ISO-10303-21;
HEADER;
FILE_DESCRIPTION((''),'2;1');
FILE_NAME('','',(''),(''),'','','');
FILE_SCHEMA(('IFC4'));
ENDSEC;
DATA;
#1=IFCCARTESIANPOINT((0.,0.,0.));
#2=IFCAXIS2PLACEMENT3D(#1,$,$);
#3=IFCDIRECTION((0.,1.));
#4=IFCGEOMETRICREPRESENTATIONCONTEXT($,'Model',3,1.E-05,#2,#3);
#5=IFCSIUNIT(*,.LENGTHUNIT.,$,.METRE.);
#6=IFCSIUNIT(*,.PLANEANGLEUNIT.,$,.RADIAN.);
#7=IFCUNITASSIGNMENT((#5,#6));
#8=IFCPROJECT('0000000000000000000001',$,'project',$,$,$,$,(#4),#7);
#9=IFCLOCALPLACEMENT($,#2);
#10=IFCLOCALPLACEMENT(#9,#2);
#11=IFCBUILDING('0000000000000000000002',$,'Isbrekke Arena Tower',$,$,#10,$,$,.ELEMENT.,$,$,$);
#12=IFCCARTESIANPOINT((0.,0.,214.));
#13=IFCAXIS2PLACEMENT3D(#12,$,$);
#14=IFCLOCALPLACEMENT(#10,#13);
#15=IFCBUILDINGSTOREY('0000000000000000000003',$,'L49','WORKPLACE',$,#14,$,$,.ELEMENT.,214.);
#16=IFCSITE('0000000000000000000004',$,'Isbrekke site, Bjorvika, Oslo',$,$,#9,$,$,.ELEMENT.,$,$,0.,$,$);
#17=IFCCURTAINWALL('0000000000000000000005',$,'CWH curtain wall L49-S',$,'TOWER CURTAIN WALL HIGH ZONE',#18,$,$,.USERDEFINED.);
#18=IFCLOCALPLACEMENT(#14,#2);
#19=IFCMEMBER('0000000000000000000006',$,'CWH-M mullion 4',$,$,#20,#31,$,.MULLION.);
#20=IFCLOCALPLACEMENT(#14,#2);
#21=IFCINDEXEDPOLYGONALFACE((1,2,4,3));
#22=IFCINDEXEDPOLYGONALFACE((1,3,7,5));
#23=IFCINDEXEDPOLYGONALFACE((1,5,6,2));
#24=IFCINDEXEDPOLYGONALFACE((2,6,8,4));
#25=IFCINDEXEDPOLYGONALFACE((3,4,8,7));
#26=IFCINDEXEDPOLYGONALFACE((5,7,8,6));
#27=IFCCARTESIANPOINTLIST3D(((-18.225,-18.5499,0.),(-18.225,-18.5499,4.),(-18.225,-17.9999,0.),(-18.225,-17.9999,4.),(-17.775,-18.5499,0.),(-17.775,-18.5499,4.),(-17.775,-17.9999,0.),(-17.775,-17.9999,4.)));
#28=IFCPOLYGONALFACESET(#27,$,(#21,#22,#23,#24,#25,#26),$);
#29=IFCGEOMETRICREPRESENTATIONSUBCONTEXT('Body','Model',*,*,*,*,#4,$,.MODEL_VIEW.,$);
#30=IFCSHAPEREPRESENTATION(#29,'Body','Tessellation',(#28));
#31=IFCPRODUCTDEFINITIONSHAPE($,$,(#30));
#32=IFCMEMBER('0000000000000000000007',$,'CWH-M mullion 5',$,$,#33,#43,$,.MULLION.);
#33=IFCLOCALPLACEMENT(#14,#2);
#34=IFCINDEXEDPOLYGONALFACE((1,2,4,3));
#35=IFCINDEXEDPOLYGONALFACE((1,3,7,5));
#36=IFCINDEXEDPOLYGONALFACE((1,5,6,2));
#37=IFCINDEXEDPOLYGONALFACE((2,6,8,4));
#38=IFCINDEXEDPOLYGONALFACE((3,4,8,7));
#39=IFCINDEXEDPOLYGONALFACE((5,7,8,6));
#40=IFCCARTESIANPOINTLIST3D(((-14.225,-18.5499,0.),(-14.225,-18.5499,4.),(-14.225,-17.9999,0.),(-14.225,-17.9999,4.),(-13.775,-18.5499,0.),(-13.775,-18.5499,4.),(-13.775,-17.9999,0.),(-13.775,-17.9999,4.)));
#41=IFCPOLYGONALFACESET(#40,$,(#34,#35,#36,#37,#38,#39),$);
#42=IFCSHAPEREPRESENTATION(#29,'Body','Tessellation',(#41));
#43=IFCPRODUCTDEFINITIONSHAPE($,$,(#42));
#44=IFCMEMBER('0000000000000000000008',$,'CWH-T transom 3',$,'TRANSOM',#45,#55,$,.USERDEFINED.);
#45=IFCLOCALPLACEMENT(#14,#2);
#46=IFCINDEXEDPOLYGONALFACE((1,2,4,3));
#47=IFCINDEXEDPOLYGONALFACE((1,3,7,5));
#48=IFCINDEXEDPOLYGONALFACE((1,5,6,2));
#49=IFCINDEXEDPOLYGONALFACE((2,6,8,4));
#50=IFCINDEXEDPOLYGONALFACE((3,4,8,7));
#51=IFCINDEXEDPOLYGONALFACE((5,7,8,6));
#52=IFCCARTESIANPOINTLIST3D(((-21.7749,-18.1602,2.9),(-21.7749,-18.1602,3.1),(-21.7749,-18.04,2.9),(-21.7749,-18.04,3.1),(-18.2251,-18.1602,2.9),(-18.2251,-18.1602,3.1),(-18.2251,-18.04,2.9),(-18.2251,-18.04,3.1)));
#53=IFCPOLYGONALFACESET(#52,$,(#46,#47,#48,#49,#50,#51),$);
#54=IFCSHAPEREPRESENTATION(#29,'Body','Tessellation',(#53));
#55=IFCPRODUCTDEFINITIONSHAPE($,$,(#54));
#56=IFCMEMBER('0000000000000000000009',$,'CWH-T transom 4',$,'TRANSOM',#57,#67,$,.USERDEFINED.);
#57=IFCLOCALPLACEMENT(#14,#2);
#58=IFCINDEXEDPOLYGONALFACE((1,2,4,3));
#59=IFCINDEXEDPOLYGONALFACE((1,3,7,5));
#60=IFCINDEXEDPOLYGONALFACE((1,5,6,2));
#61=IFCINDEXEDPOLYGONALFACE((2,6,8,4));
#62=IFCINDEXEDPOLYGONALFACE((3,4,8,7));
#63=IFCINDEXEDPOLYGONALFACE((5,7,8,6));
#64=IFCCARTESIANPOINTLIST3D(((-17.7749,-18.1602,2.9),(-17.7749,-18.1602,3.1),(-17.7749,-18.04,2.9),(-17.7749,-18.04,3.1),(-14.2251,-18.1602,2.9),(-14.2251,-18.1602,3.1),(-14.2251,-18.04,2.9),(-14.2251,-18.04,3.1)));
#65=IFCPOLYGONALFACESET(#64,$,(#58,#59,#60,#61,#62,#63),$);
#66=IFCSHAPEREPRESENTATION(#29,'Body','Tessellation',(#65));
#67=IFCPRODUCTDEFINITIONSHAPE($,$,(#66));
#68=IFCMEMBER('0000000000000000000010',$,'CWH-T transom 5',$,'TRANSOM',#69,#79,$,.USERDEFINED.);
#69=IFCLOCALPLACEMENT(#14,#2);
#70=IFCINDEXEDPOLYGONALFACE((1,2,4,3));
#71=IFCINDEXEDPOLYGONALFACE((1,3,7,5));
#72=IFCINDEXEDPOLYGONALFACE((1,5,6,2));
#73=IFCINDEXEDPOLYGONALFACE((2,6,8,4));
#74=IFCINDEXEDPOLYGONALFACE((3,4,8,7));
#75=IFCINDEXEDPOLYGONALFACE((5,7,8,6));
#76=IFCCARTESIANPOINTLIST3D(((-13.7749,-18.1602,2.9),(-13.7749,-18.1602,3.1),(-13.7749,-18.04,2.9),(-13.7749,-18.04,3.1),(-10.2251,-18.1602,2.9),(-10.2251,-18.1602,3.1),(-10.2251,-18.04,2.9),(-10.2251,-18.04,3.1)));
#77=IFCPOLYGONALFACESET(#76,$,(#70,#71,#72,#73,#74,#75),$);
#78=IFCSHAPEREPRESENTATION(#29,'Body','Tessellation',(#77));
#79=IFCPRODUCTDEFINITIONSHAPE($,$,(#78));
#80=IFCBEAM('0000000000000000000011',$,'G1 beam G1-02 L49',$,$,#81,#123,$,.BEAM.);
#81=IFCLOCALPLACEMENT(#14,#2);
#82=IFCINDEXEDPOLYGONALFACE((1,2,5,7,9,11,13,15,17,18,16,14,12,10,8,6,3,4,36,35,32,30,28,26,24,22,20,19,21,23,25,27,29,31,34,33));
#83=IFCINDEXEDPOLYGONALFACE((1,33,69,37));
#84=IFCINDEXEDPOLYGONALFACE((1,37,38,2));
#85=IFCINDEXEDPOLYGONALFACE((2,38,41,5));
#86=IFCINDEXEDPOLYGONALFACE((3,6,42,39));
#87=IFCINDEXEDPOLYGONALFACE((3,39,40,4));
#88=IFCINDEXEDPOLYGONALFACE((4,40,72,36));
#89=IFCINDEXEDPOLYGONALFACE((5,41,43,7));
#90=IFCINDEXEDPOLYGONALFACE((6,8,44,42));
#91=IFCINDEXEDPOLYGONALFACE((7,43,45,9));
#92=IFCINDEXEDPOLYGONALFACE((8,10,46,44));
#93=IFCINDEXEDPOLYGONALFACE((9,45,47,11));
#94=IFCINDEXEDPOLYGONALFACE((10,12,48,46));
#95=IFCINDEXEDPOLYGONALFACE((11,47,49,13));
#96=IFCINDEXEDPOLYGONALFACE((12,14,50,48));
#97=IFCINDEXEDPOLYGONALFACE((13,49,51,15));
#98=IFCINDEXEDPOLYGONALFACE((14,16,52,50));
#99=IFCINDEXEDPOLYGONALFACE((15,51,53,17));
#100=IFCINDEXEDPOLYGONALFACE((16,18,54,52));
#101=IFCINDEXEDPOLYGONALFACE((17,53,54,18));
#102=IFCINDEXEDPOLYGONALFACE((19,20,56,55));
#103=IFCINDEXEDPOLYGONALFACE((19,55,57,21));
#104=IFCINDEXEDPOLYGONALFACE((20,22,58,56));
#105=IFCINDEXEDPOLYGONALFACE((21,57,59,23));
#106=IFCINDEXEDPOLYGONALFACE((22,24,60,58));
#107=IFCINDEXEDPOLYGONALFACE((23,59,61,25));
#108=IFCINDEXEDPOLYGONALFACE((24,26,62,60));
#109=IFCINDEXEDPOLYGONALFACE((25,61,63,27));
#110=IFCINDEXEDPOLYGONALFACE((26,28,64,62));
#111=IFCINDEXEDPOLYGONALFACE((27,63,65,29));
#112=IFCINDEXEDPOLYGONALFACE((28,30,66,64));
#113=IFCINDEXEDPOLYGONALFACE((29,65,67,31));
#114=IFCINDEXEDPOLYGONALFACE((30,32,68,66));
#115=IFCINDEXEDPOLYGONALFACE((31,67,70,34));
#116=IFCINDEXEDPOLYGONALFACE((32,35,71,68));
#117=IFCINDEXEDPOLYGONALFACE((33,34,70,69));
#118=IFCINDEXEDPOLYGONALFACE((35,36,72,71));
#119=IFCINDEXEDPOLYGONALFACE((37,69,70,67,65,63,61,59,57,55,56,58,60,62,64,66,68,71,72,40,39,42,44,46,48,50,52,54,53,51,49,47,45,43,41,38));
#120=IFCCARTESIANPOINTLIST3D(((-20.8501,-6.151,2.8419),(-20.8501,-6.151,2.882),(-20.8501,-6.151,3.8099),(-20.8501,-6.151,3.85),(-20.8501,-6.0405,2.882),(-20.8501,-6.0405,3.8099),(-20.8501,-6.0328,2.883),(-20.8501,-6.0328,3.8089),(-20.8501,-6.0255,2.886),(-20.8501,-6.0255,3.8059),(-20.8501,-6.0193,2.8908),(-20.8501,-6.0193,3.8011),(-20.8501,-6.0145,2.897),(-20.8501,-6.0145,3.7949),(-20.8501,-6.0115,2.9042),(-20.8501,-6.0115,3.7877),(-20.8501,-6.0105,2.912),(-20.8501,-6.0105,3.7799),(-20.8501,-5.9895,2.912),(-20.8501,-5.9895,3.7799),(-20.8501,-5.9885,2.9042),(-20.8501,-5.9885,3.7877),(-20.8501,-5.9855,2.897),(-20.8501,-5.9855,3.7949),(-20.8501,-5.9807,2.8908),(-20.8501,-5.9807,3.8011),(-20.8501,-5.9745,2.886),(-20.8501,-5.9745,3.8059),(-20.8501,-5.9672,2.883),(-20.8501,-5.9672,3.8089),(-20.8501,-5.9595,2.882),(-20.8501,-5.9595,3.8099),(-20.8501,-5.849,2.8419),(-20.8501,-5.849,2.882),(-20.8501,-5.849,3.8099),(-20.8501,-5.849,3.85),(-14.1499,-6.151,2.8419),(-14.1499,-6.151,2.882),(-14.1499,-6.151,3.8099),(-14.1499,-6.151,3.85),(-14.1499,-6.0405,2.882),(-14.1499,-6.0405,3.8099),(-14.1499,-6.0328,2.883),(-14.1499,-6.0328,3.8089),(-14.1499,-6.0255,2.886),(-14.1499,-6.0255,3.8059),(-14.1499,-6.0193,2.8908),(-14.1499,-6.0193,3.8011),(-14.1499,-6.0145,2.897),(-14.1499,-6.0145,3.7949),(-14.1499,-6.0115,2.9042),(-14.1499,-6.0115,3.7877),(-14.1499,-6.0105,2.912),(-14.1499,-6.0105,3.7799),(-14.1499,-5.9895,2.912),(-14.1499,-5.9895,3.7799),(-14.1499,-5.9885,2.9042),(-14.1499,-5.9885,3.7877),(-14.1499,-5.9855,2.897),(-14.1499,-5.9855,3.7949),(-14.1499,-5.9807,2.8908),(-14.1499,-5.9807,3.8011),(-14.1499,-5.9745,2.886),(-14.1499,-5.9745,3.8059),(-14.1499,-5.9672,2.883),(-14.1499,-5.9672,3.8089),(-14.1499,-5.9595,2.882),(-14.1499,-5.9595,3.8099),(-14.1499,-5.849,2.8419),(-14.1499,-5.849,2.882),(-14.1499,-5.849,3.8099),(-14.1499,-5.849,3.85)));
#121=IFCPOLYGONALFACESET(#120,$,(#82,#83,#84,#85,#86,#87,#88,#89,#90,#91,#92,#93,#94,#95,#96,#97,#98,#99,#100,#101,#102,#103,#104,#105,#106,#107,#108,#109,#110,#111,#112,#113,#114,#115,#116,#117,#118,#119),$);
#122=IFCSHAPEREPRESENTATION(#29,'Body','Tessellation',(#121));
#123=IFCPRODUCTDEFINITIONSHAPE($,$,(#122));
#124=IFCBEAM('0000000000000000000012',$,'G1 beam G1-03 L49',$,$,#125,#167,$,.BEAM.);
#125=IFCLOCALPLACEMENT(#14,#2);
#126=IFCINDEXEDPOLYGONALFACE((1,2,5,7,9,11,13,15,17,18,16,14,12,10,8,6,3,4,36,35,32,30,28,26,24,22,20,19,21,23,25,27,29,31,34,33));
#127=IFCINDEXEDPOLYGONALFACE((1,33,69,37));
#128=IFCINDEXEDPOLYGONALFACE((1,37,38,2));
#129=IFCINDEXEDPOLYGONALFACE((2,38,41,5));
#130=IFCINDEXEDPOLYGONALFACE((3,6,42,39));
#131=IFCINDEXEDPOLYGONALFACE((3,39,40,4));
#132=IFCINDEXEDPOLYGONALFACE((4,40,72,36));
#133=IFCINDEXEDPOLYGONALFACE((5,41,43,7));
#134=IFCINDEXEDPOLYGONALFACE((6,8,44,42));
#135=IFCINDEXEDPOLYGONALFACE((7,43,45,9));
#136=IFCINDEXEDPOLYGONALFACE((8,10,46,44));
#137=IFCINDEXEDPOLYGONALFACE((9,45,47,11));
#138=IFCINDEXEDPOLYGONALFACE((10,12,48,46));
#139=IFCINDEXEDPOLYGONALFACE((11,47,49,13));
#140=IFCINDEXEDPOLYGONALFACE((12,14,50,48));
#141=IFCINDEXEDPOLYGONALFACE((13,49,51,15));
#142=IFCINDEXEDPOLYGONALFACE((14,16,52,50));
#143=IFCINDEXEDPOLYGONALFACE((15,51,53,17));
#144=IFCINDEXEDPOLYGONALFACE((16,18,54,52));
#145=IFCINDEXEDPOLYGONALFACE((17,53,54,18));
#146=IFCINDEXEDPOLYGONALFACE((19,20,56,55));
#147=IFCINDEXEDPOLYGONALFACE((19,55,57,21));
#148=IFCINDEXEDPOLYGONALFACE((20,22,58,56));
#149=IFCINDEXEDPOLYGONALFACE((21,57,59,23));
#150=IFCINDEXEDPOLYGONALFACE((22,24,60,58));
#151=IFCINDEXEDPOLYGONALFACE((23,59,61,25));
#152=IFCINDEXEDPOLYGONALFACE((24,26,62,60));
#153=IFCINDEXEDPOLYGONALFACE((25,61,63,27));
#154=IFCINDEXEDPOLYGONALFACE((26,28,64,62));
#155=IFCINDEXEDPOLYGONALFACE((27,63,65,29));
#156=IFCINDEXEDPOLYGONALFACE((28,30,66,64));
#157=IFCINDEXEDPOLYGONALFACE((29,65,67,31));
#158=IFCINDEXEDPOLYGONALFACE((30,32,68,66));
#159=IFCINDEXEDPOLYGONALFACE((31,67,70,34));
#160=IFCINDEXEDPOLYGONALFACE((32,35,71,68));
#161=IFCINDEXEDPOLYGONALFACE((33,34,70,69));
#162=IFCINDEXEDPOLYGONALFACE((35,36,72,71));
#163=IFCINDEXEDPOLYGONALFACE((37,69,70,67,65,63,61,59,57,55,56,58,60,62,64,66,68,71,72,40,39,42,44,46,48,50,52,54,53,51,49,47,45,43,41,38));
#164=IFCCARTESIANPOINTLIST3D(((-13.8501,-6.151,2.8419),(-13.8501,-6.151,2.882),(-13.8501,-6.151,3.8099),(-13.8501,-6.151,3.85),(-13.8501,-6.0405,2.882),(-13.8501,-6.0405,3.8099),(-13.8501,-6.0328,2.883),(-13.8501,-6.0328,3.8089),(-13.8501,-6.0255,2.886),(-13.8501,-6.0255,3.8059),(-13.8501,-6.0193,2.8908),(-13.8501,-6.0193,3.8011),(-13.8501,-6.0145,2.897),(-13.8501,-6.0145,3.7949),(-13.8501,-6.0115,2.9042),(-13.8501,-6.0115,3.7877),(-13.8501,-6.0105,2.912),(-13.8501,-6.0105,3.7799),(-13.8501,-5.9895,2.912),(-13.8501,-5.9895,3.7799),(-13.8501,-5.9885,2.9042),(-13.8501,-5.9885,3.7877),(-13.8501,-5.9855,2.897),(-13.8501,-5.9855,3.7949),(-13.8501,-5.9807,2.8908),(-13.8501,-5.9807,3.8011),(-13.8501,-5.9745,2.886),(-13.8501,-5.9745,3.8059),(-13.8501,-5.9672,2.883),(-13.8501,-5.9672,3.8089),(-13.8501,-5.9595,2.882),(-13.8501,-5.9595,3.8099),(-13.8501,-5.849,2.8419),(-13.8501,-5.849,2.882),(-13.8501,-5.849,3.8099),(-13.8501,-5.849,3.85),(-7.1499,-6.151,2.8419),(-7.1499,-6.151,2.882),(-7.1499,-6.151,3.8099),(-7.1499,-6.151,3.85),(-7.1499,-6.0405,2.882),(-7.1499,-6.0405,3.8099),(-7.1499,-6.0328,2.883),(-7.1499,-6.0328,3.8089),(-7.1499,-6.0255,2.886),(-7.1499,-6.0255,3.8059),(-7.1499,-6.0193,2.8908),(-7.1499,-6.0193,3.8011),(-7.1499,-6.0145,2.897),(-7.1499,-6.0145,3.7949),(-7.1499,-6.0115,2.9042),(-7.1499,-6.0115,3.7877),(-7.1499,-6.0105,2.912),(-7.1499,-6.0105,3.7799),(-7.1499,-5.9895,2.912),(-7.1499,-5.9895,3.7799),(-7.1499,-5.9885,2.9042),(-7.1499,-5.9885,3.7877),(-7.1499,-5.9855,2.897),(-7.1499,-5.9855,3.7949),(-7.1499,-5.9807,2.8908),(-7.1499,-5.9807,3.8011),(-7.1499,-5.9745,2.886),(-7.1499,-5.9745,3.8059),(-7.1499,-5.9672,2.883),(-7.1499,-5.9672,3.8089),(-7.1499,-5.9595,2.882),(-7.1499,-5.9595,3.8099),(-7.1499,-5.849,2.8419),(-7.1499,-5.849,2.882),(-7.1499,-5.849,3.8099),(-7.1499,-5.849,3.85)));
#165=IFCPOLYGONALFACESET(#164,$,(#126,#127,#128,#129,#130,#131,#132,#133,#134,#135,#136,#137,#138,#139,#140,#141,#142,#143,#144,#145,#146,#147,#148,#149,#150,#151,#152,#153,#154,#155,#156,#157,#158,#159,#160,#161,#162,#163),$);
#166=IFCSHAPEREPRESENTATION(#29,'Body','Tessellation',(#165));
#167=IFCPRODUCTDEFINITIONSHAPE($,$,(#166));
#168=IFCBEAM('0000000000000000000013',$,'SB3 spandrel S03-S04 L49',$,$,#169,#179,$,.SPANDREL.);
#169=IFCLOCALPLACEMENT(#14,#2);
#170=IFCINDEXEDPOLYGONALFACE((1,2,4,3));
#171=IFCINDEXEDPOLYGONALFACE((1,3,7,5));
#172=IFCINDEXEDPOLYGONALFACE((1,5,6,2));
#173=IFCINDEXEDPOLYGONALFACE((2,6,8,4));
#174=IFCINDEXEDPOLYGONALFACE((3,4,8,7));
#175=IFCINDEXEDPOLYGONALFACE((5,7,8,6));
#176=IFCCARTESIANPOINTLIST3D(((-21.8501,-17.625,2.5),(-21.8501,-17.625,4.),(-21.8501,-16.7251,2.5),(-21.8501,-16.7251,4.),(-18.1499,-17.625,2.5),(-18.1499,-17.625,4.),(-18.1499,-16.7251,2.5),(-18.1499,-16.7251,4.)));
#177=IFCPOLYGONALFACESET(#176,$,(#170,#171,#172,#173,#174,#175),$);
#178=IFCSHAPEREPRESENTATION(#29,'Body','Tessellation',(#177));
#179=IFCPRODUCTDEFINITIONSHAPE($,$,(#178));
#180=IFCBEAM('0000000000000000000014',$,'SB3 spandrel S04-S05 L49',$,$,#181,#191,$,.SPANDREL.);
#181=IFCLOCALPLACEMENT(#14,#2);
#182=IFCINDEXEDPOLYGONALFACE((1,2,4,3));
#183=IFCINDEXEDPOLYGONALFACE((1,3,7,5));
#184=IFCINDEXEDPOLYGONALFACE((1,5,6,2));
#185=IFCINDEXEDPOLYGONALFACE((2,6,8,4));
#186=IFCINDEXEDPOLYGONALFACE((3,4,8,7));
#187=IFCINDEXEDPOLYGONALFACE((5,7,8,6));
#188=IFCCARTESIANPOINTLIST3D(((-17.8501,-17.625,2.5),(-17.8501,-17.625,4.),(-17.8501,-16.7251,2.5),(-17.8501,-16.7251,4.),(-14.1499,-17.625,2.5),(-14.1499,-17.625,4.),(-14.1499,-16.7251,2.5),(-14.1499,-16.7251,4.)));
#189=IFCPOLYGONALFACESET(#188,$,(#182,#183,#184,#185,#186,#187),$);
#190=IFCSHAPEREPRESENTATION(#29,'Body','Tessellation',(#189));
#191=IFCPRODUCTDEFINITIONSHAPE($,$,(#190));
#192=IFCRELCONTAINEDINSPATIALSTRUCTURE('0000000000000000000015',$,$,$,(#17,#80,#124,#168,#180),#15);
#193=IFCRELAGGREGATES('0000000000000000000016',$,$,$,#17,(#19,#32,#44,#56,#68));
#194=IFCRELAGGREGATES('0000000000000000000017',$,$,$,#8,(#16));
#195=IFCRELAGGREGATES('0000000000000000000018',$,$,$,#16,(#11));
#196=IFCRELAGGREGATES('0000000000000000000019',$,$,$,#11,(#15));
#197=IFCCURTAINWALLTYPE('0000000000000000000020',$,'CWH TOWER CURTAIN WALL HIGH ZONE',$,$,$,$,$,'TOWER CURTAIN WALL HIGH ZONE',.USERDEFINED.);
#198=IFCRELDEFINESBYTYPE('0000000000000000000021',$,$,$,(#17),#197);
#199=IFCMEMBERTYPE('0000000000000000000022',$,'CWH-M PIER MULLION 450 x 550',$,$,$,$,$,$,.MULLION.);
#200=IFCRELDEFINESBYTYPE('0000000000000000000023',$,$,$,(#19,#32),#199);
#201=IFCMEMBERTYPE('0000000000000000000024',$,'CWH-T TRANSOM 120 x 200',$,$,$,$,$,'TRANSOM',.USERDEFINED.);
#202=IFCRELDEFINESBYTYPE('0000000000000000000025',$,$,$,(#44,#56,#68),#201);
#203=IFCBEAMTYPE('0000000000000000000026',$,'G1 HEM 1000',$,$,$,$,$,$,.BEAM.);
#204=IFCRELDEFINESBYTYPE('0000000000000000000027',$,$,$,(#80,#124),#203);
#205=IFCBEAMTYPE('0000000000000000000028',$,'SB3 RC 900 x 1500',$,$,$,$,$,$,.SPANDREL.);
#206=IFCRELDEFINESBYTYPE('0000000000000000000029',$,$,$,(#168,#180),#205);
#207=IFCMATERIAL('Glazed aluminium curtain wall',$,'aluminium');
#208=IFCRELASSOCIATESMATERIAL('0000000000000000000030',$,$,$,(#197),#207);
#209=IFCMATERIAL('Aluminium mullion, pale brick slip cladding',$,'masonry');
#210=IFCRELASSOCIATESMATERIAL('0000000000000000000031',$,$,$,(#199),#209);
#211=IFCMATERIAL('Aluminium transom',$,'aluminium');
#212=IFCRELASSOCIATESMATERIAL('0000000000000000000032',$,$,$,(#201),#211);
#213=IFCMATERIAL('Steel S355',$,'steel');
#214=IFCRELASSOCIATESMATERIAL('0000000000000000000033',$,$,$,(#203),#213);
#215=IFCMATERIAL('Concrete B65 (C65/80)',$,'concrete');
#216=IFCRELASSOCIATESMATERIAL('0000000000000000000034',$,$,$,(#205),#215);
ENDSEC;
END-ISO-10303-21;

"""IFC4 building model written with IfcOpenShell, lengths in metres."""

from ifc_helpers import new_model, si_unit, direction, frame, origin, origin_2d, place, context, subcontext, project, spatial, rectangle, i_section, extrude, material, material_profile, profile_set, type_object, element, aggregate, save


model = new_model("IFC4")

# Units and contexts
model_context = context("Model", 3, precision=1e-05, world=origin(), true_north=direction((0.0, 1.0)))
body_context = subcontext(model_context, "Body", "Model", "MODEL_VIEW")
ifc_project = project(units=[si_unit("LENGTHUNIT", "METRE"), si_unit("PLANEANGLEUNIT", "RADIAN")], contexts=[model_context])

# Site, building, storey
site_placement = place(None, origin())
site = spatial("IfcSite", under=ifc_project, at=site_placement, Name="Isbrekke site, Bjorvika, Oslo", CompositionType="ELEMENT", RefElevation=0.0)
building_placement = place(site_placement, origin())
building = spatial("IfcBuilding", under=site, at=building_placement, Name="Isbrekke Arena Tower", CompositionType="ELEMENT")
storey_placement = place(building_placement, frame((0.0, 0.0, 214.0)))
storey = spatial("IfcBuildingStorey", under=building, at=storey_placement, Name="L49", Description="WORKPLACE", CompositionType="ELEMENT", Elevation=214.0)

# Curtain wall, members
ifc_material_1 = material(Name="Glazed aluminium curtain wall", Category="aluminium")
curtain_wall_type = type_object("IfcCurtainWallType", Name="CWH TOWER CURTAIN WALL HIGH ZONE", ElementType="TOWER CURTAIN WALL HIGH ZONE", PredefinedType="USERDEFINED", material=ifc_material_1)
curtain_wall_placement = place(storey_placement, origin())
curtain_wall = element("IfcCurtainWall", 1, at=curtain_wall_placement, inside=storey, type_object=curtain_wall_type, Name="CWH curtain wall L49-S", ObjectType="TOWER CURTAIN WALL HIGH ZONE", PredefinedType="USERDEFINED")
ifc_material_2 = material(Name="Aluminium mullion, pale brick slip cladding", Category="masonry")
ifc_material_profile_1 = material_profile(ifc_material_2, rectangle(XDim=0.45, YDim=0.55, at=origin_2d()), Name="PIER 450X550")
ifc_profile_set_1 = profile_set([ifc_material_profile_1], Name="Aluminium mullion, pale brick slip cladding")
member_type_1 = type_object("IfcMemberType", Name="CWH-M PIER MULLION 450 x 550", PredefinedType="MULLION", material=ifc_profile_set_1)
member_1_placement = place(storey_placement, frame((-18.0, -18.2749, 0.0), z_axis=(0.0, 0.0, 1.0), x_axis=(1.0, 0.0, 0.0)))
member_1 = element("IfcMember", 2, at=member_1_placement, type_object=member_type_1, Name="CWH-M mullion 4", PredefinedType="MULLION", context=body_context, shape_type="SweptSolid", body=[
    extrude(rectangle(XDim=0.45, YDim=0.55, at=origin_2d()), origin(), (0.0, 0.0, 1.0), 4.0),
])
member_2_placement = place(storey_placement, frame((-14.0, -18.2749, 0.0), z_axis=(0.0, 0.0, 1.0), x_axis=(1.0, 0.0, 0.0)))
member_2 = element("IfcMember", 3, at=member_2_placement, type_object=member_type_1, Name="CWH-M mullion 5", PredefinedType="MULLION", context=body_context, shape_type="SweptSolid", body=[
    extrude(rectangle(XDim=0.45, YDim=0.55, at=origin_2d()), origin(), (0.0, 0.0, 1.0), 4.0),
])
ifc_material_3 = material(Name="Aluminium transom", Category="aluminium")
ifc_material_profile_2 = material_profile(ifc_material_3, rectangle(XDim=0.1201, YDim=0.2, at=origin_2d()), Name="TRANSOM 120X200")
ifc_profile_set_2 = profile_set([ifc_material_profile_2], Name="Aluminium transom")
member_type_2 = type_object("IfcMemberType", Name="CWH-T TRANSOM 120 x 200", ElementType="TRANSOM", PredefinedType="USERDEFINED", material=ifc_profile_set_2)
member_3_placement = place(storey_placement, frame((-21.7749, -18.1001, 3.0), z_axis=(1.0, 0.0, 0.0), x_axis=(0.0, 1.0, 0.0)))
member_3 = element("IfcMember", 4, at=member_3_placement, type_object=member_type_2, Name="CWH-T transom 3", ObjectType="TRANSOM", PredefinedType="USERDEFINED", context=body_context, shape_type="SweptSolid", body=[
    extrude(rectangle(XDim=0.1201, YDim=0.2, at=origin_2d()), origin(), (0.0, 0.0, 1.0), 3.5498),
])
member_4_placement = place(storey_placement, frame((-17.7749, -18.1001, 3.0), z_axis=(1.0, 0.0, 0.0), x_axis=(0.0, 1.0, 0.0)))
member_4 = element("IfcMember", 5, at=member_4_placement, type_object=member_type_2, Name="CWH-T transom 4", ObjectType="TRANSOM", PredefinedType="USERDEFINED", context=body_context, shape_type="SweptSolid", body=[
    extrude(rectangle(XDim=0.1201, YDim=0.2, at=origin_2d()), origin(), (0.0, 0.0, 1.0), 3.5498),
])
member_5_placement = place(storey_placement, frame((-13.7749, -18.1001, 3.0), z_axis=(1.0, 0.0, 0.0), x_axis=(0.0, 1.0, 0.0)))
member_5 = element("IfcMember", 6, at=member_5_placement, type_object=member_type_2, Name="CWH-T transom 5", ObjectType="TRANSOM", PredefinedType="USERDEFINED", context=body_context, shape_type="SweptSolid", body=[
    extrude(rectangle(XDim=0.1201, YDim=0.2, at=origin_2d()), origin(), (0.0, 0.0, 1.0), 3.5498),
])

# Beams
ifc_material_4 = material(Name="Steel S355", Category="steel")
ifc_material_profile_3 = material_profile(ifc_material_4, i_section(OverallWidth=0.302, OverallDepth=1.0081, WebThickness=0.021, FlangeThickness=0.04, FilletRadius=0.03, at=origin_2d()), Name="HEM 1000")
ifc_profile_set_3 = profile_set([ifc_material_profile_3], Name="Steel S355")
beam_type_1 = type_object("IfcBeamType", Name="G1 HEM 1000", PredefinedType="BEAM", material=ifc_profile_set_3)
for number, where, z_axis, x_axis, name in (
    (7, (-20.8501, -6.0, 3.3459), (1.0, 0.0, 0.0), (0.0, 1.0, 0.0), "G1 beam G1-02 L49"),
    (8, (-13.8501, -6.0, 3.3459), (1.0, 0.0, 0.0), (0.0, 1.0, 0.0), "G1 beam G1-03 L49"),
):
    element("IfcBeam", number, at=place(storey_placement, frame(where, z_axis=z_axis, x_axis=x_axis)), inside=storey, type_object=beam_type_1, Name=name, PredefinedType="BEAM", context=body_context, shape_type="SweptSolid", body=[
        extrude(i_section(OverallWidth=0.302, OverallDepth=1.0081, WebThickness=0.021, FlangeThickness=0.04, FilletRadius=0.03, at=origin_2d()), origin(), (0.0, 0.0, 1.0), 6.7002),
    ])
ifc_material_5 = material(Name="Concrete B65 (C65/80)", Category="concrete")
ifc_material_profile_4 = material_profile(ifc_material_5, rectangle(XDim=0.8999, YDim=1.5, at=origin_2d()), Name="RC 900x1500")
ifc_profile_set_4 = profile_set([ifc_material_profile_4], Name="Concrete B65 (C65/80)")
beam_type_2 = type_object("IfcBeamType", Name="SB3 RC 900 x 1500", PredefinedType="SPANDREL", material=ifc_profile_set_4)
for number, where, z_axis, x_axis, name in (
    (9, (-21.8501, -17.175, 3.25), (1.0, 0.0, 0.0), (0.0, 1.0, 0.0), "SB3 spandrel S03-S04 L49"),
    (10, (-17.8501, -17.175, 3.25), (1.0, 0.0, 0.0), (0.0, 1.0, 0.0), "SB3 spandrel S04-S05 L49"),
):
    element("IfcBeam", number, at=place(storey_placement, frame(where, z_axis=z_axis, x_axis=x_axis)), inside=storey, type_object=beam_type_2, Name=name, PredefinedType="SPANDREL", context=body_context, shape_type="SweptSolid", body=[
        extrude(rectangle(XDim=0.8999, YDim=1.5, at=origin_2d()), origin(), (0.0, 0.0, 1.0), 3.7002),
    ])

aggregate(curtain_wall, [member_1, member_2, member_3, member_4, member_5])

save(model, "model.ifc")
